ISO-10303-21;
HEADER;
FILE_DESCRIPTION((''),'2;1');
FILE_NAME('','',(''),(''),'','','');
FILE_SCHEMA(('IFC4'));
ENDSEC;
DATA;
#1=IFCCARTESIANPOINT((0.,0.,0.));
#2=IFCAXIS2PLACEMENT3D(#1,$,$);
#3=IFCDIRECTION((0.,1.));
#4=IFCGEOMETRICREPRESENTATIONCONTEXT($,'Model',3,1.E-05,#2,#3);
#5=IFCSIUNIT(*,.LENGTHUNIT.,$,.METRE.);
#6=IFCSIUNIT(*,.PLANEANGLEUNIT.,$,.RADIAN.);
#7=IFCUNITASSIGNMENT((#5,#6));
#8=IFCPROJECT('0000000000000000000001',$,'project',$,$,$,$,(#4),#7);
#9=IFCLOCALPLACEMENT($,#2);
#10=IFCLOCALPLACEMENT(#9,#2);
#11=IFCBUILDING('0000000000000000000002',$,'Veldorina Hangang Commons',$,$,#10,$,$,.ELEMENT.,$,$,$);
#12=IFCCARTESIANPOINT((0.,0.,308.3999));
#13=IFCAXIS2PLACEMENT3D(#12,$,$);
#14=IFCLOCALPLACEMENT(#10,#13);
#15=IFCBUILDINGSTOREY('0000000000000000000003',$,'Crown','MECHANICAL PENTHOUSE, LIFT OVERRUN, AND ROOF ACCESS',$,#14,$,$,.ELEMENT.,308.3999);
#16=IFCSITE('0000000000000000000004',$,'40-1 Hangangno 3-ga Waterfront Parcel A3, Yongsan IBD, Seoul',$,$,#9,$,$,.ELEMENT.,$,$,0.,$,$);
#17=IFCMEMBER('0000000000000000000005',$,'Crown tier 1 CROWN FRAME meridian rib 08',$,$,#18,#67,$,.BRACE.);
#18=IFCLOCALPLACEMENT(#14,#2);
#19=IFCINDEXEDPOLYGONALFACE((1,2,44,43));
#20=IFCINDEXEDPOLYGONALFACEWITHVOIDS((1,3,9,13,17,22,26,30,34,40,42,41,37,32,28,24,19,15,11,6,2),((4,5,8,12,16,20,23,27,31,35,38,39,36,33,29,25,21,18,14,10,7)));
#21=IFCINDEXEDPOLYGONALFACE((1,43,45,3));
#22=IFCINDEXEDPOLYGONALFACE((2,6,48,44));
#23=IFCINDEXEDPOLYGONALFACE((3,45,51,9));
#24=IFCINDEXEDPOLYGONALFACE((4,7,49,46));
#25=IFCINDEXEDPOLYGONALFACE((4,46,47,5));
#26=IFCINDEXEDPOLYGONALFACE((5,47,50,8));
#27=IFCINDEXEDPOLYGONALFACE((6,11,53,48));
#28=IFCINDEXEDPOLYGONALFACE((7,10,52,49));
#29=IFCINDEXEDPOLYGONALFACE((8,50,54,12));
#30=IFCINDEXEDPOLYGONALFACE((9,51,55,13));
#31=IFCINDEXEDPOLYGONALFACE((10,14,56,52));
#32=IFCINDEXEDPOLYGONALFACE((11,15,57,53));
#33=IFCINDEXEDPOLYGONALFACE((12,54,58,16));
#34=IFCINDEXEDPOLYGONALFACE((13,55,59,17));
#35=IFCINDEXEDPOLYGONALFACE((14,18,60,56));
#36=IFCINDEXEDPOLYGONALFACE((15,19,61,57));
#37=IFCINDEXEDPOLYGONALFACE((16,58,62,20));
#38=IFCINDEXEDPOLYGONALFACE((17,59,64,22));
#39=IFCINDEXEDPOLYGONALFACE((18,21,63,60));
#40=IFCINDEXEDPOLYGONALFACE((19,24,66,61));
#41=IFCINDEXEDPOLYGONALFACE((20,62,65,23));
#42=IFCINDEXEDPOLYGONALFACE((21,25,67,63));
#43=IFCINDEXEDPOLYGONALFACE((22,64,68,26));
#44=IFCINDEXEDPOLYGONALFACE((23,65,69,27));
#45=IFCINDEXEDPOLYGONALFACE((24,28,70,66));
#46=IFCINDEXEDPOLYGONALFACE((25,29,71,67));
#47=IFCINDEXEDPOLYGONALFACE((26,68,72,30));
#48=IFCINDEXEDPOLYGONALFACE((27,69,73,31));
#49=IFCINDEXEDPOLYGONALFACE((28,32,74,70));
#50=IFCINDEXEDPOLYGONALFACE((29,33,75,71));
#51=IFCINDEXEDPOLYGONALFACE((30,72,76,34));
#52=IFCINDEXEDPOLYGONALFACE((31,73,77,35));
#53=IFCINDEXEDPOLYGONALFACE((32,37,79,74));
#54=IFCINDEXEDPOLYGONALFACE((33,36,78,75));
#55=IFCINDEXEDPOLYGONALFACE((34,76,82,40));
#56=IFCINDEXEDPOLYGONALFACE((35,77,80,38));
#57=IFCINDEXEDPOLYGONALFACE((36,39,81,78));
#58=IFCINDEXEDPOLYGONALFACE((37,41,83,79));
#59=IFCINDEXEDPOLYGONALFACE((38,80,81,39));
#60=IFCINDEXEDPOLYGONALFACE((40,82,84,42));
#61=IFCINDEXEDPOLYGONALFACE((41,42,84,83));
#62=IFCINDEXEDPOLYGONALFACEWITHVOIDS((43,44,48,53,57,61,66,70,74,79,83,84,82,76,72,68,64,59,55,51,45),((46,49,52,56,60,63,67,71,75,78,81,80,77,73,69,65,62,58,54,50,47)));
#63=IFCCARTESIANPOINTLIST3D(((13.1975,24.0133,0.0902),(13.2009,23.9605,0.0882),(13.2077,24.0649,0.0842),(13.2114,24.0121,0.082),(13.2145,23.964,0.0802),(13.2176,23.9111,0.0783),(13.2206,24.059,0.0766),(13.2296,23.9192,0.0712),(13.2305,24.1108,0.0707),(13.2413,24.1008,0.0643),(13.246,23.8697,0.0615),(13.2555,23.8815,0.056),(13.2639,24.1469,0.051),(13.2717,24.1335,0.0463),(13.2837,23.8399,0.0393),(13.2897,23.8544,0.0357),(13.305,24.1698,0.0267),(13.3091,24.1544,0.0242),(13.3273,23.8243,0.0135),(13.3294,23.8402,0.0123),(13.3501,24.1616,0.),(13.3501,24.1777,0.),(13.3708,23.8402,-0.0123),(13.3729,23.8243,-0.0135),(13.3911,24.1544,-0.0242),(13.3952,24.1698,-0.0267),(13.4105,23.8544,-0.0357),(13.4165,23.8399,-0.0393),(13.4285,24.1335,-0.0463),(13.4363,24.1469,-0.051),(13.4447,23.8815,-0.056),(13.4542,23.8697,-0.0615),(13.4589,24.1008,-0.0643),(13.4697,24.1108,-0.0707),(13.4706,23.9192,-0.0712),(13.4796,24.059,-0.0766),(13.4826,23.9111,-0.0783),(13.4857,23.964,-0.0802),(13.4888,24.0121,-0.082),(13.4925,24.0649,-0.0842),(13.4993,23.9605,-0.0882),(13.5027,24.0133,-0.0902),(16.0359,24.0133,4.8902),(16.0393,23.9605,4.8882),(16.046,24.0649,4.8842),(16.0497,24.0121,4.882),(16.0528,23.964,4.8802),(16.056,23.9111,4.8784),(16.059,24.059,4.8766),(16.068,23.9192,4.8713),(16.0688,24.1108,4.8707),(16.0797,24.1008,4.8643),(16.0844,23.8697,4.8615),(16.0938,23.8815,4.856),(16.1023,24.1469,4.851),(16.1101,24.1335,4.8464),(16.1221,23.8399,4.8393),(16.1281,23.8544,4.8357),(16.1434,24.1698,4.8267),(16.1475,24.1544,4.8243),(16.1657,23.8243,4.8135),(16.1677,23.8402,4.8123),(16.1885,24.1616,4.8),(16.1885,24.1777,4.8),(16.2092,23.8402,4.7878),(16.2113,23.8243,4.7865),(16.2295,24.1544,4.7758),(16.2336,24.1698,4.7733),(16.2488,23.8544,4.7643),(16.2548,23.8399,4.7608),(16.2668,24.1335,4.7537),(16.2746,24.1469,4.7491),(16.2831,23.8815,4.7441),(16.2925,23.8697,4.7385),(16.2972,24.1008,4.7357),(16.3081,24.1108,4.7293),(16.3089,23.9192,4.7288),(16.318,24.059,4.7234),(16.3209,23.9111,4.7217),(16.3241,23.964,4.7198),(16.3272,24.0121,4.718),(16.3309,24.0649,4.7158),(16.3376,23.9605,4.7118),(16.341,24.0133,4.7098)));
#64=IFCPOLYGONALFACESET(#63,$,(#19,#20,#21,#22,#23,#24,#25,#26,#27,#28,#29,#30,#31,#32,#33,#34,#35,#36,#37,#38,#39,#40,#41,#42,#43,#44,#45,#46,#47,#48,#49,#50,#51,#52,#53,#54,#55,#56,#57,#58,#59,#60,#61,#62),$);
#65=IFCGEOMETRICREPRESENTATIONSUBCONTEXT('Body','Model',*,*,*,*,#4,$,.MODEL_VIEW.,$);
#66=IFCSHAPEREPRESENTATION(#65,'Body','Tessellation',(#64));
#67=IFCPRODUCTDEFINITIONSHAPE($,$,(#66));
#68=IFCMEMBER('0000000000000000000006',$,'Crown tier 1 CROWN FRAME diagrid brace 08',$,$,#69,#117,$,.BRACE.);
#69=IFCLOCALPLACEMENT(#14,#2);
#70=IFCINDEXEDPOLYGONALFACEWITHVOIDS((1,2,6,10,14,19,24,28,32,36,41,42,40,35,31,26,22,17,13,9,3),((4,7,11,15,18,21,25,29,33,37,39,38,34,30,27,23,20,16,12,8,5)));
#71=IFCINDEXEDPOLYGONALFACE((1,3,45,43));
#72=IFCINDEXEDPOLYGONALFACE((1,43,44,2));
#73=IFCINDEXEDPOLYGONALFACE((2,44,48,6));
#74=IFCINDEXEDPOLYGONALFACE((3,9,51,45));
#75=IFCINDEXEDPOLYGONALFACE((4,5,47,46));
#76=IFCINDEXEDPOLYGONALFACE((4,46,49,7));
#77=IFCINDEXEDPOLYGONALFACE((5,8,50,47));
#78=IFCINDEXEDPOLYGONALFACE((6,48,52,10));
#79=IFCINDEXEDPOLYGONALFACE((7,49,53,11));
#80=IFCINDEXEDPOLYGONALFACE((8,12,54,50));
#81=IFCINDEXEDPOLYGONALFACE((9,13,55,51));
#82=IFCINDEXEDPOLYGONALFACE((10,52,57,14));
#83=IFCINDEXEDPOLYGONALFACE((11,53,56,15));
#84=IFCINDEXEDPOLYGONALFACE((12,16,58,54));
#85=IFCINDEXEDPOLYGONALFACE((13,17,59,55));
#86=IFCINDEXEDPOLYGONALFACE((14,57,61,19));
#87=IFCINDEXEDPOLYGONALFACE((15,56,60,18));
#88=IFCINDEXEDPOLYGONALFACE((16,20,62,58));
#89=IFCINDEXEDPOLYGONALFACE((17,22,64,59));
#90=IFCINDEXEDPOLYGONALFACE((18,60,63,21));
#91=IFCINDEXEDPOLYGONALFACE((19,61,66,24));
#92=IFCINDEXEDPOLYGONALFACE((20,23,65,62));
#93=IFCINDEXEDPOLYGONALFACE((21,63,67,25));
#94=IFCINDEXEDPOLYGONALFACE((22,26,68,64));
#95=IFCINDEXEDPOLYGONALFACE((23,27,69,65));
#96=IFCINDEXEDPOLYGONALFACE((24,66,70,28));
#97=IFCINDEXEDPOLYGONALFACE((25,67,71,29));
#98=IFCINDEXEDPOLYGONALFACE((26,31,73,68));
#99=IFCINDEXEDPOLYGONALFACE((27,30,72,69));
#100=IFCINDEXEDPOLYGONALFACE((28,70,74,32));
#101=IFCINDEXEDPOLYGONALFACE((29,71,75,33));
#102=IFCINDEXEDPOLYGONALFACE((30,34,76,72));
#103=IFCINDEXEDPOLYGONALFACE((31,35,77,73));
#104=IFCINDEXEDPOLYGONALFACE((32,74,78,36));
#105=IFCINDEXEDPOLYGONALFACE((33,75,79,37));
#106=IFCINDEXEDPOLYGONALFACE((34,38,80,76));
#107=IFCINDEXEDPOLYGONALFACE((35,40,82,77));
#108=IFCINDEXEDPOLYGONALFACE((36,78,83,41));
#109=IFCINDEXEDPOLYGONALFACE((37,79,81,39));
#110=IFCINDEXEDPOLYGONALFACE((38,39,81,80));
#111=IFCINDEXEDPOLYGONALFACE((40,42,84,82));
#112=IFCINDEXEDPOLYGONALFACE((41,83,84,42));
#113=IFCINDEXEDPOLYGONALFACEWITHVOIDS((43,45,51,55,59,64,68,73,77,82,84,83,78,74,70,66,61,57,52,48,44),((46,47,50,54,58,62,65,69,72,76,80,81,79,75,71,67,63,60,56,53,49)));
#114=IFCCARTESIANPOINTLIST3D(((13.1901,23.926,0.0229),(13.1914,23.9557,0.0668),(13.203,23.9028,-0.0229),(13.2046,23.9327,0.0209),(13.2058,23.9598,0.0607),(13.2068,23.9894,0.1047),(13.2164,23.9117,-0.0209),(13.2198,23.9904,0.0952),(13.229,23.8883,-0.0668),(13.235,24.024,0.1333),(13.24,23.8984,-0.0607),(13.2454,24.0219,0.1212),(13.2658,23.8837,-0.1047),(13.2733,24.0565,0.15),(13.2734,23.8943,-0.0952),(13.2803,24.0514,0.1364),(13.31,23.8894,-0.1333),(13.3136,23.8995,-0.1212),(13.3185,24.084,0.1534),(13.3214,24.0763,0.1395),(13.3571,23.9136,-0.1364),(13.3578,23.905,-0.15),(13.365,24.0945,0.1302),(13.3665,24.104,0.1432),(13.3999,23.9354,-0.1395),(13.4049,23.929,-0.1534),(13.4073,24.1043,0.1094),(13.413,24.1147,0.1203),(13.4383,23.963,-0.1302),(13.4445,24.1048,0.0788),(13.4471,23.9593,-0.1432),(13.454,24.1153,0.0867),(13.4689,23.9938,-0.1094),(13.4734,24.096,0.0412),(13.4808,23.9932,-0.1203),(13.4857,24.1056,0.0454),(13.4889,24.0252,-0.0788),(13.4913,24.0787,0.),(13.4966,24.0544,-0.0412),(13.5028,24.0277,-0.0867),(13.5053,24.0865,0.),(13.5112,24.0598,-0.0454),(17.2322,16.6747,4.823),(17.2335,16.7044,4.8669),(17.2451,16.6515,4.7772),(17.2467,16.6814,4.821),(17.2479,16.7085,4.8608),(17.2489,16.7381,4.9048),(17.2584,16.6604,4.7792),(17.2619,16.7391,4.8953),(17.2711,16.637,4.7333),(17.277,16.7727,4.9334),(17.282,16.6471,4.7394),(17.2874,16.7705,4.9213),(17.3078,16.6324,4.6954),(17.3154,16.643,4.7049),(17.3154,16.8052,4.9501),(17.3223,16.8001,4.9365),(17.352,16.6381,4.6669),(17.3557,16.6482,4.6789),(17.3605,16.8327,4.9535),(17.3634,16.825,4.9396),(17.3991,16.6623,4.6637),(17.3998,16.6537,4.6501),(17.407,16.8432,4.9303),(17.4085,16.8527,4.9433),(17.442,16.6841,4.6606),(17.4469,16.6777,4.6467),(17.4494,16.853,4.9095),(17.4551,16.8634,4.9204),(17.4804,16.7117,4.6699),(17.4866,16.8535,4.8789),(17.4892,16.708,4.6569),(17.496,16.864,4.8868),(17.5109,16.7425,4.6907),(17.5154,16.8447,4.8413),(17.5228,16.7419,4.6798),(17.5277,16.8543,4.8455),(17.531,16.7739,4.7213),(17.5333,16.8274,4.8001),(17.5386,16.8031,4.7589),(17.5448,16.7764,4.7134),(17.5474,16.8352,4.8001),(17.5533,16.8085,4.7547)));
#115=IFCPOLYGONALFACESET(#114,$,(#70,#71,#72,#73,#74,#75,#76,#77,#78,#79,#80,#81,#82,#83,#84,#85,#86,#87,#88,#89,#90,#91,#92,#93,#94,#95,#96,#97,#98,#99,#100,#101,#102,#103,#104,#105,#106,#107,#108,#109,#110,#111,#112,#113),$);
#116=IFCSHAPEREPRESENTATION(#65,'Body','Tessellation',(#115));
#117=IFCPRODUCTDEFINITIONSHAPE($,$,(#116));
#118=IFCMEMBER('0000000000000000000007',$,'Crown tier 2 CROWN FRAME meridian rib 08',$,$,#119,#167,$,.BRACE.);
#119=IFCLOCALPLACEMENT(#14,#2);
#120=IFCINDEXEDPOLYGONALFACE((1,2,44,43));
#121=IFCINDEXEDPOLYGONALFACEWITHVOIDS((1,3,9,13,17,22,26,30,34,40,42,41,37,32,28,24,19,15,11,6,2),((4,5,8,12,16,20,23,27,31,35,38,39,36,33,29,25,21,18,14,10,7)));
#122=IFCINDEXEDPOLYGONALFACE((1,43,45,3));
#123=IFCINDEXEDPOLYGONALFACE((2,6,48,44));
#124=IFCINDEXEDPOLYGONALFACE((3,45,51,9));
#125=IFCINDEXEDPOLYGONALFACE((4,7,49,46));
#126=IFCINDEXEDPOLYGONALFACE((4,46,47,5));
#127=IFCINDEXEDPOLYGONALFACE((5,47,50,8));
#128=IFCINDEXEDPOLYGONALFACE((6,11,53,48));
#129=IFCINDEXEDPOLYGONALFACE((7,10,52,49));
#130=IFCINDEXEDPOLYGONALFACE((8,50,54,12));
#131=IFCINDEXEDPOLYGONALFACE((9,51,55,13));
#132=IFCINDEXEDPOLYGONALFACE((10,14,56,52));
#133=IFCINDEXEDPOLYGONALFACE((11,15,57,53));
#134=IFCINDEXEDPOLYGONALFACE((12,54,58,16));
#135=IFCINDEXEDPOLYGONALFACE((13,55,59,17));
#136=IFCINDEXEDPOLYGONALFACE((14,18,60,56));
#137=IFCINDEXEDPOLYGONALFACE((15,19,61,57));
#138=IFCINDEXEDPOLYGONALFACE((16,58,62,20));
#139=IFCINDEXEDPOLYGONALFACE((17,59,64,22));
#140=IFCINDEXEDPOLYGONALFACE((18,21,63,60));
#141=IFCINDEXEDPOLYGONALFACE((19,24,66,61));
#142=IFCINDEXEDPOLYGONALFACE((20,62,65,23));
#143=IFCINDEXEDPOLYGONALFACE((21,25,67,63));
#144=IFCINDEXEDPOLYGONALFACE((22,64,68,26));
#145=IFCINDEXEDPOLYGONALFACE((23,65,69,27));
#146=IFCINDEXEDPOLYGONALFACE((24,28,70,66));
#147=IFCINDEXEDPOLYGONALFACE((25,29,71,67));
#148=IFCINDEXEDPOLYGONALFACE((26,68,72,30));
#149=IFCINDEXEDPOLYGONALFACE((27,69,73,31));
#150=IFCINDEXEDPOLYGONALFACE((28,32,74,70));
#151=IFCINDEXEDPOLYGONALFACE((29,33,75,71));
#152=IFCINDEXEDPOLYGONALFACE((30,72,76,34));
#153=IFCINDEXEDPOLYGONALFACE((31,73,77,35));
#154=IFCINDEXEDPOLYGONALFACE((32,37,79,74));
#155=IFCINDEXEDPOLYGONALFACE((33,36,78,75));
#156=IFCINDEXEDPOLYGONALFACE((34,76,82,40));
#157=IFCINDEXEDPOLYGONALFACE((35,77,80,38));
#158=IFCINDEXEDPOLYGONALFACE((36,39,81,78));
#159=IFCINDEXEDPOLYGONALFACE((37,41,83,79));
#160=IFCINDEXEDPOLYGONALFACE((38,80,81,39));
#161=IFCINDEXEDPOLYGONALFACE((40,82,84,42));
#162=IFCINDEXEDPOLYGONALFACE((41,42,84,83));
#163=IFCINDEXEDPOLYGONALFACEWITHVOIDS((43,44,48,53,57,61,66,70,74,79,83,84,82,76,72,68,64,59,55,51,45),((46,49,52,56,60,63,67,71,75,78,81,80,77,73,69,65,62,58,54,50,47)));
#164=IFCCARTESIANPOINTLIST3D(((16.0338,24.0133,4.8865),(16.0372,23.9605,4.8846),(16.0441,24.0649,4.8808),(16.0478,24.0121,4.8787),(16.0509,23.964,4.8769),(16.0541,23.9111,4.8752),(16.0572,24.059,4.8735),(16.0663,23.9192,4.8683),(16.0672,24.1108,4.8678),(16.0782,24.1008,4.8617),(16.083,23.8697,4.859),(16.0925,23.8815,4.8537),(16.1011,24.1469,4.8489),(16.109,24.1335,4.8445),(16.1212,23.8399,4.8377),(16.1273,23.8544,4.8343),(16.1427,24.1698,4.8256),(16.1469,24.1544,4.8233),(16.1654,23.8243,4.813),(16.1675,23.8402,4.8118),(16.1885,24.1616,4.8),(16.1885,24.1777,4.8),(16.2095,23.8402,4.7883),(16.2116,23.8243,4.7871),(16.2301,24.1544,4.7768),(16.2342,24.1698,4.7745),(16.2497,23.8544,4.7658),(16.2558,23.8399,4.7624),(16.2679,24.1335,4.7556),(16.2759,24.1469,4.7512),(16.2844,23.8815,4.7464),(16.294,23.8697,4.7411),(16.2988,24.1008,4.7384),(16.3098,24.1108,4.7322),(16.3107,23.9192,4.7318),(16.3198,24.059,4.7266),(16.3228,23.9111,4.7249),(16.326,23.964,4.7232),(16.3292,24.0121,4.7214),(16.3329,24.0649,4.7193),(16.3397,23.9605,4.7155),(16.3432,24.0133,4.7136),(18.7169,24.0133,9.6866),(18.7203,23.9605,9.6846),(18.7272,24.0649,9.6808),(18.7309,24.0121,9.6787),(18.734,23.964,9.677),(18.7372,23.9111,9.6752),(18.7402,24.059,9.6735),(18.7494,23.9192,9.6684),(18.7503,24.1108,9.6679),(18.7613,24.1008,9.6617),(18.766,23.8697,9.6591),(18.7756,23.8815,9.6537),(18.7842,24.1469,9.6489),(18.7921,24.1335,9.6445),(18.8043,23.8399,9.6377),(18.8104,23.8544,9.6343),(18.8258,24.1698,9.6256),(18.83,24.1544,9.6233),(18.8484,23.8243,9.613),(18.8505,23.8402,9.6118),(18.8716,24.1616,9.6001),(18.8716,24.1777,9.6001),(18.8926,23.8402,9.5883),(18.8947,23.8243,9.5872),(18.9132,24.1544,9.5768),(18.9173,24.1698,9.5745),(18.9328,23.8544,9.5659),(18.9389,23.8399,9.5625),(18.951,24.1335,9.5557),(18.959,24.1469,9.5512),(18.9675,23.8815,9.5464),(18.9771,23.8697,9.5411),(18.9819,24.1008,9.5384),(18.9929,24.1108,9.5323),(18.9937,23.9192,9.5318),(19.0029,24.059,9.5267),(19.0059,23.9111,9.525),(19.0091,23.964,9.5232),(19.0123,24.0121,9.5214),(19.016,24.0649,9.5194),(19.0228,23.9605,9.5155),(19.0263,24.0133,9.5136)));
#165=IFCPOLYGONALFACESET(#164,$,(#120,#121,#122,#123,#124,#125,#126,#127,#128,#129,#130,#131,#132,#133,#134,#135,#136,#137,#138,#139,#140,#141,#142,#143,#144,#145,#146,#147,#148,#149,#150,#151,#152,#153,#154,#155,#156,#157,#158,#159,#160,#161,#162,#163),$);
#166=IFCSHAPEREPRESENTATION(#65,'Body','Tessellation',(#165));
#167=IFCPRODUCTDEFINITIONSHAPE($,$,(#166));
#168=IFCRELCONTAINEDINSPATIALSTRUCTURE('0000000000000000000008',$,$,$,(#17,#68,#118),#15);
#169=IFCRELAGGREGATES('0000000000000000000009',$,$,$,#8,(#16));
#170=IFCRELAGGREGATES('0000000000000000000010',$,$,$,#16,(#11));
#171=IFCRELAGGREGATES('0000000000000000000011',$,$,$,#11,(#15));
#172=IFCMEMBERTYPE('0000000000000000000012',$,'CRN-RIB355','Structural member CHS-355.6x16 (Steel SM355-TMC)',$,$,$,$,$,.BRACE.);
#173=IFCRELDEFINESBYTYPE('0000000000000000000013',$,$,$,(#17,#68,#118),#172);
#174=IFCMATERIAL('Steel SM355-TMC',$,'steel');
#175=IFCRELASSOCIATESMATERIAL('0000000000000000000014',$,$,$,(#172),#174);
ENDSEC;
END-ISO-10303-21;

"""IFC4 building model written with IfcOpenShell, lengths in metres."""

from ifc_helpers import new_model, si_unit, direction, frame, origin, origin_2d, place, context, subcontext, project, spatial, hollow_circle, extrude, material, material_profile, profile_set, type_object, element, save


model = new_model("IFC4")

# Units and contexts
model_context = context("Model", 3, precision=1e-05, world=origin(), true_north=direction((0.0, 1.0)))
body_context = subcontext(model_context, "Body", "Model", "MODEL_VIEW")
ifc_project = project(units=[si_unit("LENGTHUNIT", "METRE"), si_unit("PLANEANGLEUNIT", "RADIAN")], contexts=[model_context])

# Site, building, storey
site_placement = place(None, origin())
site = spatial("IfcSite", under=ifc_project, at=site_placement, Name="40-1 Hangangno 3-ga Waterfront Parcel A3, Yongsan IBD, Seoul", CompositionType="ELEMENT", RefElevation=0.0)
building_placement = place(site_placement, origin())
building = spatial("IfcBuilding", under=site, at=building_placement, Name="Veldorina Hangang Commons", CompositionType="ELEMENT")
storey_placement = place(building_placement, frame((0.0, 0.0, 308.3999)))
storey = spatial("IfcBuildingStorey", under=building, at=storey_placement, Name="Crown", Description="MECHANICAL PENTHOUSE, LIFT OVERRUN, AND ROOF ACCESS", CompositionType="ELEMENT", Elevation=308.3999)

# Members
ifc_material_1 = material(Name="Steel SM355-TMC", Category="steel")
ifc_material_profile_1 = material_profile(ifc_material_1, hollow_circle(Radius=0.1777, WallThickness=0.0161, at=origin_2d()), Name="CHS-355.6x16")
ifc_profile_set_1 = profile_set([ifc_material_profile_1], Name="Steel SM355-TMC")
member_type_1 = type_object("IfcMemberType", Name="CRN-RIB355", Description="Structural member CHS-355.6x16 (Steel SM355-TMC)", PredefinedType="BRACE", material=ifc_profile_set_1)
member_1_placement = place(storey_placement, frame((13.3501, 24.0, 0.0), z_axis=(0.508993, 0.0, 0.86077), x_axis=(0.0, 1.0, 0.0)))
element("IfcMember", 1, at=member_1_placement, inside=storey, type_object=member_type_1, Name="Crown tier 1 CROWN FRAME meridian rib 08", PredefinedType="BRACE", context=body_context, shape_type="SweptSolid", body=[
    extrude(hollow_circle(Radius=0.1777, WallThickness=0.0161, at=origin_2d()), origin(), (0.0, 0.0, 1.0), 5.5764),
])
member_2_placement = place(storey_placement, frame((13.3501, 24.0, 0.0), z_axis=(0.421502, -0.756163, 0.500553), x_axis=(0.873464, 0.486888, 0.0)))
element("IfcMember", 2, at=member_2_placement, inside=storey, type_object=member_type_1, Name="Crown tier 1 CROWN FRAME diagrid brace 08", PredefinedType="BRACE", context=body_context, shape_type="SweptSolid", body=[
    extrude(hollow_circle(Radius=0.1777, WallThickness=0.0161, at=origin_2d()), origin(), (0.0, 0.0, 1.0), 9.5896),
])
member_3_placement = place(storey_placement, frame((16.1885, 24.0, 4.8), z_axis=(0.487922, 0.0, 0.872887), x_axis=(0.0, 1.0, 0.0)))
element("IfcMember", 3, at=member_3_placement, inside=storey, type_object=member_type_1, Name="Crown tier 2 CROWN FRAME meridian rib 08", PredefinedType="BRACE", context=body_context, shape_type="SweptSolid", body=[
    extrude(hollow_circle(Radius=0.1777, WallThickness=0.0161, at=origin_2d()), origin(), (0.0, 0.0, 1.0), 5.499),
])

save(model, "model.ifc")
